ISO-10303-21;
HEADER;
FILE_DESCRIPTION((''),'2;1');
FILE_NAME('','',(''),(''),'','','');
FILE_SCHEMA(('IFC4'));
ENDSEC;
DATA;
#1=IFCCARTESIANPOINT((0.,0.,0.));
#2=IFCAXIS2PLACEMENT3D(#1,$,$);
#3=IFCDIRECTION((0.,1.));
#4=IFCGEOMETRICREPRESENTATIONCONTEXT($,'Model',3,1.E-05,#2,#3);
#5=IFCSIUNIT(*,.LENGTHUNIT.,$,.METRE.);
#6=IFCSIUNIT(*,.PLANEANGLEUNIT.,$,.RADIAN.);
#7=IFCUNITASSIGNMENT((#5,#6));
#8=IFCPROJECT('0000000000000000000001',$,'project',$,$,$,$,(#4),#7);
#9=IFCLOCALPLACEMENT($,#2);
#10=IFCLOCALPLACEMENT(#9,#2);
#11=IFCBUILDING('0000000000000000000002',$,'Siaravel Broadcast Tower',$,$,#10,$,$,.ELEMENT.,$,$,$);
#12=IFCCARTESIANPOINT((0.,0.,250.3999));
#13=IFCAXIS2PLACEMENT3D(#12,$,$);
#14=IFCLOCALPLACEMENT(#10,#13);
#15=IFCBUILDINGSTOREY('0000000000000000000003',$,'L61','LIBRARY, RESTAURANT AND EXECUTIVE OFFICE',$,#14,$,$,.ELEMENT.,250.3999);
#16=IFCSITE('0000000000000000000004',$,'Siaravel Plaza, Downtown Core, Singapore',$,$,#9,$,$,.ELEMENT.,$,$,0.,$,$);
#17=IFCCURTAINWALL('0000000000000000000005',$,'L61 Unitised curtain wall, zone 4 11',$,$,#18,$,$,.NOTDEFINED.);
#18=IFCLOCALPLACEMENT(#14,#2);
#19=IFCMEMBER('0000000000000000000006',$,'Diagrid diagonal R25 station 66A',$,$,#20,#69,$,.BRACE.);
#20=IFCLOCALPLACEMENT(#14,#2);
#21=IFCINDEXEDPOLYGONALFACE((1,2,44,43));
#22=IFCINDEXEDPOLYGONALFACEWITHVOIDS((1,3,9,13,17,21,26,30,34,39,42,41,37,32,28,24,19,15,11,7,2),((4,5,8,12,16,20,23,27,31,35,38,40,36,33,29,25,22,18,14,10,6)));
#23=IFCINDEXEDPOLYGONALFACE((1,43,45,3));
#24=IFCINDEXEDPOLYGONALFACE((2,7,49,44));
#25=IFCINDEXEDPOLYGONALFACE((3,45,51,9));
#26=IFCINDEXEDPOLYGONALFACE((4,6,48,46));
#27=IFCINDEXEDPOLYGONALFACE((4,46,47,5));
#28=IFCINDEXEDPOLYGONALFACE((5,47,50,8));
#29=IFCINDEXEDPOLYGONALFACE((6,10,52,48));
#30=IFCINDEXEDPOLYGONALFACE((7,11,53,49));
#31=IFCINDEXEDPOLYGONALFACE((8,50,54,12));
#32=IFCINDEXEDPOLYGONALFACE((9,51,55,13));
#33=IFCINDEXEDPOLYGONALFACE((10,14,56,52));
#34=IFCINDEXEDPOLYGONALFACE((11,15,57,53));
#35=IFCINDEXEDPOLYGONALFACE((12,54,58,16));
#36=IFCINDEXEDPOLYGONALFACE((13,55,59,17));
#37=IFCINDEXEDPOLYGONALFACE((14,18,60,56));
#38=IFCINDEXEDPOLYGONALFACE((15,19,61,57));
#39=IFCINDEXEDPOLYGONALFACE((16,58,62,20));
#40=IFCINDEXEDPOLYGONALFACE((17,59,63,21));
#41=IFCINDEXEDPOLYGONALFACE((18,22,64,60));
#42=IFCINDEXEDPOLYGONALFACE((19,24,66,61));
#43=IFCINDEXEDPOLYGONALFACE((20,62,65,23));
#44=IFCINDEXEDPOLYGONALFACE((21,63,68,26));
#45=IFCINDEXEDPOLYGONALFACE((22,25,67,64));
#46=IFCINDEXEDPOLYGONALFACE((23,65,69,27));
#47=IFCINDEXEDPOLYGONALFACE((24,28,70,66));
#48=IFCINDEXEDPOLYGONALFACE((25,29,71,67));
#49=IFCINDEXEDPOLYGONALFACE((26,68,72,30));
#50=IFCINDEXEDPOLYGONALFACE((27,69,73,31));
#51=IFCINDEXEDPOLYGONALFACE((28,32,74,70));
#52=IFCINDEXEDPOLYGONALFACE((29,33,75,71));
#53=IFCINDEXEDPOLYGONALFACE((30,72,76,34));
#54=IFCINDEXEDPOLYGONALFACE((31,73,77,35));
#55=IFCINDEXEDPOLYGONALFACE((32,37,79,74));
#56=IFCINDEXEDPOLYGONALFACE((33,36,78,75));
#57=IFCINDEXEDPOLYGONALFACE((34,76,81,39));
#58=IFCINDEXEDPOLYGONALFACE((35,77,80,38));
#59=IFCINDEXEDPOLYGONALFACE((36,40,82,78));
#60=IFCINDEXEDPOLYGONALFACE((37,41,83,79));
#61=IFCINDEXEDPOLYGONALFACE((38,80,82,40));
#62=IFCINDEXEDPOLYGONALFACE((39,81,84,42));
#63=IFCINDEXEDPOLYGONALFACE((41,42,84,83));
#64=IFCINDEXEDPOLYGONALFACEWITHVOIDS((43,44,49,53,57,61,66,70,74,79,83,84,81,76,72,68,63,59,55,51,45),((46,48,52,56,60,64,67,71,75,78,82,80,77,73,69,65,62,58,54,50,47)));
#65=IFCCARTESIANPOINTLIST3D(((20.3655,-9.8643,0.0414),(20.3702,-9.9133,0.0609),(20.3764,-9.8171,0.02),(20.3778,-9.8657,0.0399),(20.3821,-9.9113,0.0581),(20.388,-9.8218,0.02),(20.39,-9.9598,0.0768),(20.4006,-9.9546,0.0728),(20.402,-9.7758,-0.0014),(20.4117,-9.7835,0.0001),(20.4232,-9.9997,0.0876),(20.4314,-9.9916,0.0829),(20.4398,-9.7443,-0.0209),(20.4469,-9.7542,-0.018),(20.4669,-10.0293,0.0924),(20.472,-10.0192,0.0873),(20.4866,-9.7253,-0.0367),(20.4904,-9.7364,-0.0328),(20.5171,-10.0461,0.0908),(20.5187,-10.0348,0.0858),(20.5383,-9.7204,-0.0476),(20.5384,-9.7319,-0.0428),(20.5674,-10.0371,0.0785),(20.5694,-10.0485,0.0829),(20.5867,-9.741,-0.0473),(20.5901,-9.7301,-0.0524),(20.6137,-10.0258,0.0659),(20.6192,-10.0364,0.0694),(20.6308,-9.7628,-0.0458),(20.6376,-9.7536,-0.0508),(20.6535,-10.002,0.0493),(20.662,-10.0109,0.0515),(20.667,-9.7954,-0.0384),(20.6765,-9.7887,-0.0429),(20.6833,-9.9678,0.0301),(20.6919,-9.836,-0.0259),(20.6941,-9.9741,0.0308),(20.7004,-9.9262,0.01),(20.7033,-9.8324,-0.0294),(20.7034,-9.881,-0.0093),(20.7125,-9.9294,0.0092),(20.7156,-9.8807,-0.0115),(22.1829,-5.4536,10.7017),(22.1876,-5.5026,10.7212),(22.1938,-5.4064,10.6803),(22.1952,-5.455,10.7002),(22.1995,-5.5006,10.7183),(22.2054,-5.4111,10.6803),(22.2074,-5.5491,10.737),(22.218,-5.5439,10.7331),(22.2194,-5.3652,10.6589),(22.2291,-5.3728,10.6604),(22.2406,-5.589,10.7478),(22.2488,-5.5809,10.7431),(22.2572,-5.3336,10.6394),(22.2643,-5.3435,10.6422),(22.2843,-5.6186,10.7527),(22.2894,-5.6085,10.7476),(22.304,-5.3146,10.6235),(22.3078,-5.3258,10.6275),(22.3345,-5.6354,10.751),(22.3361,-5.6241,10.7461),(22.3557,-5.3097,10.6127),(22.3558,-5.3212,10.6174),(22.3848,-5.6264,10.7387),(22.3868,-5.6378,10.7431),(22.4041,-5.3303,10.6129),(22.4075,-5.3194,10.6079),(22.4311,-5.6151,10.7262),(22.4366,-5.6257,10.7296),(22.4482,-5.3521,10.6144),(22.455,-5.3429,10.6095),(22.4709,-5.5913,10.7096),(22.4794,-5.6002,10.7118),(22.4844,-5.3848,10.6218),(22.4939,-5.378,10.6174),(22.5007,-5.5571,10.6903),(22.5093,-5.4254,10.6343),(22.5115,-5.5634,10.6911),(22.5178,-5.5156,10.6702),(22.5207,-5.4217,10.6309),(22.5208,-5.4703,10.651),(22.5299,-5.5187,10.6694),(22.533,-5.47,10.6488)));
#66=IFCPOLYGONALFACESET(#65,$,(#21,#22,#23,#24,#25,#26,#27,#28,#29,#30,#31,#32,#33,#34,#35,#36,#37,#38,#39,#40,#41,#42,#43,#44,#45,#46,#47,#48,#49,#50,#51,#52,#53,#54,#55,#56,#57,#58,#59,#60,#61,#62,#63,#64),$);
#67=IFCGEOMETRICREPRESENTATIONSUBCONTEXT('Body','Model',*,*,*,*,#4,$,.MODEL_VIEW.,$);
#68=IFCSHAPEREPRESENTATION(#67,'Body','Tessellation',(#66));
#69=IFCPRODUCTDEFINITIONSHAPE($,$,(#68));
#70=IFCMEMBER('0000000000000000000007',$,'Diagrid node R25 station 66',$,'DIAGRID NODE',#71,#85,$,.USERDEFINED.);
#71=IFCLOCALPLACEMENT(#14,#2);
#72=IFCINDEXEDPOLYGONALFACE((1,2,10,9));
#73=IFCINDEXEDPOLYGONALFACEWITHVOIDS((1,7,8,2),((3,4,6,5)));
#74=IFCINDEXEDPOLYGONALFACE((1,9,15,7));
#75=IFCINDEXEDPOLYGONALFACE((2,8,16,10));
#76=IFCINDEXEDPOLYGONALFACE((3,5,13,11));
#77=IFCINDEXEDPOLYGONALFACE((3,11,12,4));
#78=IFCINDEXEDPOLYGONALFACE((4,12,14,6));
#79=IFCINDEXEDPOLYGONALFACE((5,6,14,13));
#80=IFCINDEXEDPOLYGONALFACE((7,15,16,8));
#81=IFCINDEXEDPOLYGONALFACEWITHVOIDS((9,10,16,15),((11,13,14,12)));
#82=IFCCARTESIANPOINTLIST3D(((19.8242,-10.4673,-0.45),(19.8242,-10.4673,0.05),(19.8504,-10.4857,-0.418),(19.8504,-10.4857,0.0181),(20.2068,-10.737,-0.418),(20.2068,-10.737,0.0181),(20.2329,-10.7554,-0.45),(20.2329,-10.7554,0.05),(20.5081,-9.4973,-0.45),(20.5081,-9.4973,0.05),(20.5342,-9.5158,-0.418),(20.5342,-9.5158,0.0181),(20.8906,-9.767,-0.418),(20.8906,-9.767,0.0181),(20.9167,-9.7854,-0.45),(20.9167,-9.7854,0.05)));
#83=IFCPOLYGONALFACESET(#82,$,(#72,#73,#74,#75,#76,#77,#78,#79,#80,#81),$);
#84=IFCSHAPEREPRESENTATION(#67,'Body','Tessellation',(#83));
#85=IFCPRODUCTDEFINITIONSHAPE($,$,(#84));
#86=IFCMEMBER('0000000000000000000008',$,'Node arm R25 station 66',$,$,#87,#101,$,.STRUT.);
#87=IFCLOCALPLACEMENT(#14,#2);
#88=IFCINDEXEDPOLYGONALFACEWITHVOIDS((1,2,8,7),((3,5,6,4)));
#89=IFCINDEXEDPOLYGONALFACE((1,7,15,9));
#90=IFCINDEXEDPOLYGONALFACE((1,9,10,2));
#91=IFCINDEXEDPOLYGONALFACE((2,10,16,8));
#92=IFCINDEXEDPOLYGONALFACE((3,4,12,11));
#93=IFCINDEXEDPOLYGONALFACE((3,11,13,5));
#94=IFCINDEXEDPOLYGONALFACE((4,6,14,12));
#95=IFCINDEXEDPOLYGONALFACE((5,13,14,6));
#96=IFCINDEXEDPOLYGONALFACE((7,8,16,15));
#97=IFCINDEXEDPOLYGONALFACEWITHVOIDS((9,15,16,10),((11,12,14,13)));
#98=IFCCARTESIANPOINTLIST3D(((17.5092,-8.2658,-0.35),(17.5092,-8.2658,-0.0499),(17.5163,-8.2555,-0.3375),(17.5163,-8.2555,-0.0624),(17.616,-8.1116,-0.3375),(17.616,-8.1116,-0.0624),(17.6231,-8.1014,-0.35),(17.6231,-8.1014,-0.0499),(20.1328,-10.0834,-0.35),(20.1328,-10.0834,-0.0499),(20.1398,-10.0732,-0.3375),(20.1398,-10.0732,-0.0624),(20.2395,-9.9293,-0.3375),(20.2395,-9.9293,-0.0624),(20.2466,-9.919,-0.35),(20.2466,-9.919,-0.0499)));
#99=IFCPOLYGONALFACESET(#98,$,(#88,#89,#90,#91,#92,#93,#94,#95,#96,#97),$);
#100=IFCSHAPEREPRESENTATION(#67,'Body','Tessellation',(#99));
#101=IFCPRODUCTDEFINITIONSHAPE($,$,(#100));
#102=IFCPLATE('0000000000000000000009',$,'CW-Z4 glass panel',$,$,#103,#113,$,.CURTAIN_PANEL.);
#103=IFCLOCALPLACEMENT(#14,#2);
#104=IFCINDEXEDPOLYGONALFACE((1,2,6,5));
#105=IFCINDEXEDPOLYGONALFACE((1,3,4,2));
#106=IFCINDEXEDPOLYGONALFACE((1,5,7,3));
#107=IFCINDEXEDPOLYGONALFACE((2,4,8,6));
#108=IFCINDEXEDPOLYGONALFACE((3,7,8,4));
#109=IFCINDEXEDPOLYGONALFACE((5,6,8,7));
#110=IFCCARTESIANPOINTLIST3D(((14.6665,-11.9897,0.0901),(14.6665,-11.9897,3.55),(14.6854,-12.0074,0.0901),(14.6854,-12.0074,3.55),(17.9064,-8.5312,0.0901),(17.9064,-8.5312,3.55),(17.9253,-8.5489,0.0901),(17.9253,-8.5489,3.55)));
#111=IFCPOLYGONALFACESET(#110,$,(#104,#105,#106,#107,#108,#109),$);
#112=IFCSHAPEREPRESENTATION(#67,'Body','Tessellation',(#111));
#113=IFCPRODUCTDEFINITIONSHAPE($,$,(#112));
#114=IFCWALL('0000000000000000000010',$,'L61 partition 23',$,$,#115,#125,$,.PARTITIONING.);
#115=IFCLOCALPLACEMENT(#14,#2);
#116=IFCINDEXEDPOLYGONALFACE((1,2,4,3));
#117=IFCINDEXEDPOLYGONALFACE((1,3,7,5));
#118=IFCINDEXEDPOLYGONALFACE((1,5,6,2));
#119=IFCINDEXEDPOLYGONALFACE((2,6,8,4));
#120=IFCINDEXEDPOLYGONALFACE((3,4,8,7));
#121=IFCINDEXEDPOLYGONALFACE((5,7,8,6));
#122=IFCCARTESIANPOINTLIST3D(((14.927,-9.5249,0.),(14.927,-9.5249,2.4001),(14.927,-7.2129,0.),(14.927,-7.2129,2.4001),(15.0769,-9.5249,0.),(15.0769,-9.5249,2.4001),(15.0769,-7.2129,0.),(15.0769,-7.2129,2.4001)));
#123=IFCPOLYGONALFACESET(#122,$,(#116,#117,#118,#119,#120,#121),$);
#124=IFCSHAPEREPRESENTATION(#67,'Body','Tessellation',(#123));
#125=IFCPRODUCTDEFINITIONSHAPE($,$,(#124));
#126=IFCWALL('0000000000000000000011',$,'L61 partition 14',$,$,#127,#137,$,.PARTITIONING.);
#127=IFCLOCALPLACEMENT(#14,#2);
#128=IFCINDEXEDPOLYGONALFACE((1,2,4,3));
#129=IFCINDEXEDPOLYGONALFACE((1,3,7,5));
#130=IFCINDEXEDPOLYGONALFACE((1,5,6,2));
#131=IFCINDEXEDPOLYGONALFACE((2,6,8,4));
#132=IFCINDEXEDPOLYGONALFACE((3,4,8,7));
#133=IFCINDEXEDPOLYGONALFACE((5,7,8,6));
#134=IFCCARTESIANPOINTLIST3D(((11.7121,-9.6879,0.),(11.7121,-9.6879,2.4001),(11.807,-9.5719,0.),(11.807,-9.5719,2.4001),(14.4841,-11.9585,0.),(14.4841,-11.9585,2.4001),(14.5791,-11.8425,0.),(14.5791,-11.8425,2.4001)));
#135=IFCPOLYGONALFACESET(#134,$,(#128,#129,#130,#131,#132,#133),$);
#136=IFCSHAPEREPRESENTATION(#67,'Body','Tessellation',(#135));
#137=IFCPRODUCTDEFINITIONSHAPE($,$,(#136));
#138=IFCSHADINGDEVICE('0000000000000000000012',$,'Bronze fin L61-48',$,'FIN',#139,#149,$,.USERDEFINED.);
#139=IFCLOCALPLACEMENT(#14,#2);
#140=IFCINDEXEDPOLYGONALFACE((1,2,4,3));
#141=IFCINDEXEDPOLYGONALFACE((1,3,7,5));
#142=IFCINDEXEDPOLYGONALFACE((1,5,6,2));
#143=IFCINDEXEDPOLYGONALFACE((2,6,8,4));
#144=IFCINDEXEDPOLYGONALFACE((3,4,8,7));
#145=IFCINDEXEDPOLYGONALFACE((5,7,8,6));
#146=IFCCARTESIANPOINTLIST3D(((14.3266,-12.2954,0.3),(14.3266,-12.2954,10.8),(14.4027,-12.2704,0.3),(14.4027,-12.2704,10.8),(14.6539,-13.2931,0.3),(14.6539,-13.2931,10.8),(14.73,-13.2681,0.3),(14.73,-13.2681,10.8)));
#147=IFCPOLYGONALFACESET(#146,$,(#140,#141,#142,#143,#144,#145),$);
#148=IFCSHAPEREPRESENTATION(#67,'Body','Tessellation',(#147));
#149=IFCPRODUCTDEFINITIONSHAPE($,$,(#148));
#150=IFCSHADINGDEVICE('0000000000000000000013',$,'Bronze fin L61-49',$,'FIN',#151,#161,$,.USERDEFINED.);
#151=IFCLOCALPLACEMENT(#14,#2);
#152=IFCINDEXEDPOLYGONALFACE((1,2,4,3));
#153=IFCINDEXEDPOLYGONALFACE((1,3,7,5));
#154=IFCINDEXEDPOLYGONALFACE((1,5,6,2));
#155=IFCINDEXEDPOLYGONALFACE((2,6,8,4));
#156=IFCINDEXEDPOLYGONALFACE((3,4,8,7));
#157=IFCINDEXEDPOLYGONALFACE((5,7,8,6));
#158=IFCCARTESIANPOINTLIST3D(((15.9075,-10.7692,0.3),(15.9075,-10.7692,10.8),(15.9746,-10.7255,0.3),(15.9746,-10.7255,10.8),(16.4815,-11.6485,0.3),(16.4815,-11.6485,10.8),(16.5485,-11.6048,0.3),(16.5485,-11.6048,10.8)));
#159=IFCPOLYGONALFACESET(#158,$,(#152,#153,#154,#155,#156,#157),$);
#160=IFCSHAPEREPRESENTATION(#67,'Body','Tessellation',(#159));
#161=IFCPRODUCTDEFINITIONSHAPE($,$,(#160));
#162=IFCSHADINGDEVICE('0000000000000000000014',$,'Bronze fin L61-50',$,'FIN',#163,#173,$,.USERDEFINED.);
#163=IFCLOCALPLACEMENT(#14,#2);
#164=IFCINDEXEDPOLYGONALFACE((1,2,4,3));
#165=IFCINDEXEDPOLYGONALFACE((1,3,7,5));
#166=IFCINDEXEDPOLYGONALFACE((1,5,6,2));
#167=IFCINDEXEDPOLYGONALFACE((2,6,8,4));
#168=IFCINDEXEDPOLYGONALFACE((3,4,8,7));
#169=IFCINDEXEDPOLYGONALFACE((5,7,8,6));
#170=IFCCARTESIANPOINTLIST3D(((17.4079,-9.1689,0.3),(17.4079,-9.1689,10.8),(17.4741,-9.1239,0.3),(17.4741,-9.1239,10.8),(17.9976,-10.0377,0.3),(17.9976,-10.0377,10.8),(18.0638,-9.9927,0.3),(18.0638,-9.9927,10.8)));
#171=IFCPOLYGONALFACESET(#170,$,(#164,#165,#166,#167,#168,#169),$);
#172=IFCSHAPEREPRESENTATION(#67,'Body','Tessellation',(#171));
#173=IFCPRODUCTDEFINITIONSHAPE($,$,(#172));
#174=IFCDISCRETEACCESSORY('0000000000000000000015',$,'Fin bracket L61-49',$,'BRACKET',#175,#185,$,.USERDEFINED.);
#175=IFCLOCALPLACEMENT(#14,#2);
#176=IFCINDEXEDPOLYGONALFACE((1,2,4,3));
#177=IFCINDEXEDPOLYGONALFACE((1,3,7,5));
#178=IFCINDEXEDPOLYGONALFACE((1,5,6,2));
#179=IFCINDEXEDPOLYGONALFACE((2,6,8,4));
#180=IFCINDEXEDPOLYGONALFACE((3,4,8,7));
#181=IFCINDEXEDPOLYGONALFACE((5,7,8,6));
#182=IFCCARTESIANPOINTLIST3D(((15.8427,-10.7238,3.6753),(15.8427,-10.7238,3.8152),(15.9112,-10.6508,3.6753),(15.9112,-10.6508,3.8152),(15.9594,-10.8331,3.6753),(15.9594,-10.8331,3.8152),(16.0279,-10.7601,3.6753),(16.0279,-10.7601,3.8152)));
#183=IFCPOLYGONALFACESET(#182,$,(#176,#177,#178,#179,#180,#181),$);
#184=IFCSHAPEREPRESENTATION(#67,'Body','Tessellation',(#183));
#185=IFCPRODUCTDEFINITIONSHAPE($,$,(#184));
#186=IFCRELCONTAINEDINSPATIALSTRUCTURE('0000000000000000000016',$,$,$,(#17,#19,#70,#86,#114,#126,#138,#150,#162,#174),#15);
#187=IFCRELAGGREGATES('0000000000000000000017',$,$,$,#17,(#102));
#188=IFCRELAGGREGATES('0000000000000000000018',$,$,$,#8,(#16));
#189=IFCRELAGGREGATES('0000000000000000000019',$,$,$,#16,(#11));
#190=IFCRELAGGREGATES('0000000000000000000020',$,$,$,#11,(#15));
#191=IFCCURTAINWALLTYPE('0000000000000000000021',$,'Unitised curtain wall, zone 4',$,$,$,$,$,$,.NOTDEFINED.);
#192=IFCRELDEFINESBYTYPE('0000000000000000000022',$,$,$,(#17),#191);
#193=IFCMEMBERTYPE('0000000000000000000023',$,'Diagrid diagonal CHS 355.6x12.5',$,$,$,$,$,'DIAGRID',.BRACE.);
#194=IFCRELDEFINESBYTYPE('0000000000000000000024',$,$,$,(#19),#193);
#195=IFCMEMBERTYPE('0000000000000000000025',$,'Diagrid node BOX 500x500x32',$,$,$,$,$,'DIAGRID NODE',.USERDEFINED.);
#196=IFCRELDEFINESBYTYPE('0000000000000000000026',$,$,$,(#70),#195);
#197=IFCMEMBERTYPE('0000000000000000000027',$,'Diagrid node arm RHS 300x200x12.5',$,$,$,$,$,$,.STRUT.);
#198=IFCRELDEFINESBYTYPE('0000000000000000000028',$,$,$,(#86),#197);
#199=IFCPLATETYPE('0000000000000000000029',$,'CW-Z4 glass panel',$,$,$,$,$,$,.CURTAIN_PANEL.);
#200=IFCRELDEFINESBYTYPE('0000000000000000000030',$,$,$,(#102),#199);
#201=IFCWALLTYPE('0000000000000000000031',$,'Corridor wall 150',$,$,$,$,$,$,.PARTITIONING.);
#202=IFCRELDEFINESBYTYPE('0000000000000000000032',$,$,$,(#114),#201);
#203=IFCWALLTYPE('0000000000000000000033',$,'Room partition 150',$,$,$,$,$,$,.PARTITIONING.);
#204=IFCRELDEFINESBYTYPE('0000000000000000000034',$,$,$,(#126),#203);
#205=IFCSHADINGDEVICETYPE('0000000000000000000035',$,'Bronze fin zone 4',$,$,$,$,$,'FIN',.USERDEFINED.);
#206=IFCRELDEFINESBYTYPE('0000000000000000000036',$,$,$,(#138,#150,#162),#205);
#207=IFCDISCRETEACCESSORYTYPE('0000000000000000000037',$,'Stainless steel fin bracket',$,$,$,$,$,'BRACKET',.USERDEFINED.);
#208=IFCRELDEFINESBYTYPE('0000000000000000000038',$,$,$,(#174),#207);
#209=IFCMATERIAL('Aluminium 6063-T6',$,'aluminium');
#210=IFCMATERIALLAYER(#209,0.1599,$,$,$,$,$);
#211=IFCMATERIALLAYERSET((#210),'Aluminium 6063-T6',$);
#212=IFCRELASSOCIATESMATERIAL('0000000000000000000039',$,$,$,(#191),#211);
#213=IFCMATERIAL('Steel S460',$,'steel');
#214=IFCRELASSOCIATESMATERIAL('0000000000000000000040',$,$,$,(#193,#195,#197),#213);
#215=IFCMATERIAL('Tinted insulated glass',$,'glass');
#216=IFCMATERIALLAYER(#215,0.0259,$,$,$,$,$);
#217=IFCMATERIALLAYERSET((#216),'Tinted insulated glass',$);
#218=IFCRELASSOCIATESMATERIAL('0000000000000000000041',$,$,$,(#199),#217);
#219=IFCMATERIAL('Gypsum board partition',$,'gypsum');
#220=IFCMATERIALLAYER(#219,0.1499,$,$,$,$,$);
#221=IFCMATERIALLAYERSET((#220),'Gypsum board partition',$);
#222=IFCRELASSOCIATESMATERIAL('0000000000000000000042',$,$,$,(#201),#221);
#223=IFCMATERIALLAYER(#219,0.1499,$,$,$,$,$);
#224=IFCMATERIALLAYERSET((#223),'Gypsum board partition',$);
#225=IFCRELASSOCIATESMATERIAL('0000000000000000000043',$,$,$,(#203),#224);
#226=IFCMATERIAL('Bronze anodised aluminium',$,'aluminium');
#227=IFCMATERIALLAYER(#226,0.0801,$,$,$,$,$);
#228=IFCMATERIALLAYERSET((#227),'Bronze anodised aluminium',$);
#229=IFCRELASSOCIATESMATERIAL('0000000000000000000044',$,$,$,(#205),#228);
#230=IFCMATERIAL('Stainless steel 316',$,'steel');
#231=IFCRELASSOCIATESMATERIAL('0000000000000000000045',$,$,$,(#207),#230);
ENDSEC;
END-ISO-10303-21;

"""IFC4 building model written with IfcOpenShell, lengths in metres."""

from ifc_helpers import new_model, si_unit, direction, frame, frame_2d, origin, origin_2d, place, context, subcontext, project, spatial, rectangle, hollow_rectangle, hollow_circle, extrude, material, layer, layer_set, material_profile, profile_set, type_object, element, aggregate, save


model = new_model("IFC4")

# Units and contexts
model_context = context("Model", 3, precision=1e-05, world=origin(), true_north=direction((0.0, 1.0)))
body_context = subcontext(model_context, "Body", "Model", "MODEL_VIEW")
ifc_project = project(units=[si_unit("LENGTHUNIT", "METRE"), si_unit("PLANEANGLEUNIT", "RADIAN")], contexts=[model_context])

# Site, building, storey
site_placement = place(None, origin())
site = spatial("IfcSite", under=ifc_project, at=site_placement, Name="Siaravel Plaza, Downtown Core, Singapore", CompositionType="ELEMENT", RefElevation=0.0)
building_placement = place(site_placement, origin())
building = spatial("IfcBuilding", under=site, at=building_placement, Name="Siaravel Broadcast Tower", CompositionType="ELEMENT")
storey_placement = place(building_placement, frame((0.0, 0.0, 250.3999)))
storey = spatial("IfcBuildingStorey", under=building, at=storey_placement, Name="L61", Description="LIBRARY, RESTAURANT AND EXECUTIVE OFFICE", CompositionType="ELEMENT", Elevation=250.3999)

# Curtain wall
ifc_material_1 = material(Name="Aluminium 6063-T6", Category="aluminium")
ifc_layer_1 = layer(ifc_material_1, 0.1599)
ifc_layer_set_1 = layer_set([ifc_layer_1], Name="Aluminium 6063-T6")
curtain_wall_type = type_object("IfcCurtainWallType", Name="Unitised curtain wall, zone 4", PredefinedType="NOTDEFINED", material=ifc_layer_set_1)
curtain_wall_1_placement = place(storey_placement, origin())
curtain_wall_1 = element("IfcCurtainWall", 1, at=curtain_wall_1_placement, inside=storey, type_object=curtain_wall_type, Name="L61 Unitised curtain wall, zone 4 11", PredefinedType="NOTDEFINED")

# Members
ifc_material_2 = material(Name="Steel S460", Category="steel")
ifc_material_profile_1 = material_profile(ifc_material_2, hollow_circle(Radius=0.1777, WallThickness=0.0125, at=origin_2d()))
ifc_profile_set_1 = profile_set([ifc_material_profile_1], Name="Steel S460")
member_type_1 = type_object("IfcMemberType", Name="Diagrid diagonal CHS 355.6x12.5", ElementType="DIAGRID", PredefinedType="BRACE", material=ifc_profile_set_1)
member_1_placement = place(storey_placement, frame((20.5408, -9.8848, 0.02), z_axis=(0.155613, 0.377661, 0.912774), x_axis=(-0.924587, 0.380971, 0.0)))
element("IfcMember", 2, at=member_1_placement, inside=storey, type_object=member_type_1, Name="Diagrid diagonal R25 station 66A", PredefinedType="BRACE", context=body_context, shape_type="SweptSolid", body=[
    extrude(hollow_circle(Radius=0.1777, WallThickness=0.0125, at=origin_2d()), origin(), (0.0, 0.0, 1.0), 11.679),
])
ifc_material_profile_2 = material_profile(ifc_material_2, hollow_rectangle(XDim=0.5, YDim=0.5, WallThickness=0.032, at=origin_2d()))
ifc_profile_set_2 = profile_set([ifc_material_profile_2], Name="Steel S460")
member_type_2 = type_object("IfcMemberType", Name="Diagrid node BOX 500x500x32", ElementType="DIAGRID NODE", PredefinedType="USERDEFINED", material=ifc_profile_set_2)
member_2_placement = place(storey_placement, frame((20.0286, -10.6113, -0.2), z_axis=(0.576207, 0.817304, 0.0), x_axis=(-0.817304, 0.576207, 0.0)))
element("IfcMember", 3, at=member_2_placement, inside=storey, type_object=member_type_2, Name="Diagrid node R25 station 66", ObjectType="DIAGRID NODE", PredefinedType="USERDEFINED", context=body_context, shape_type="SweptSolid", body=[
    extrude(hollow_rectangle(XDim=0.5, YDim=0.5, WallThickness=0.032, at=origin_2d()), origin(), (0.0, 0.0, 1.0), 1.1868),
])
ifc_material_profile_3 = material_profile(ifc_material_2, hollow_rectangle(XDim=0.2, YDim=0.3, WallThickness=0.0125, at=origin_2d()))
ifc_profile_set_3 = profile_set([ifc_material_profile_3], Name="Steel S460")
member_type_3 = type_object("IfcMemberType", Name="Diagrid node arm RHS 300x200x12.5", PredefinedType="STRUT", material=ifc_profile_set_3)
member_3_placement = place(storey_placement, frame((17.5662, -8.1836, -0.2), z_axis=(0.821997, -0.569492, 0.0), x_axis=(0.569492, 0.821997, 0.0)))
element("IfcMember", 4, at=member_3_placement, inside=storey, type_object=member_type_3, Name="Node arm R25 station 66", PredefinedType="STRUT", context=body_context, shape_type="SweptSolid", body=[
    extrude(hollow_rectangle(XDim=0.2, YDim=0.3, WallThickness=0.0125, at=origin_2d()), origin(), (0.0, 0.0, 1.0), 3.1917),
])

# Plate
ifc_material_3 = material(Name="Tinted insulated glass", Category="glass")
ifc_layer_2 = layer(ifc_material_3, 0.0259)
ifc_layer_set_2 = layer_set([ifc_layer_2], Name="Tinted insulated glass")
plate_type = type_object("IfcPlateType", Name="CW-Z4 glass panel", PredefinedType="CURTAIN_PANEL", material=ifc_layer_set_2)
plate_placement = place(storey_placement, frame((16.2959, -10.2693, 0.0901), z_axis=(0.0, 0.0, 1.0), x_axis=(0.683654, 0.729807, 0.0)))
plate = element("IfcPlate", 5, at=plate_placement, type_object=plate_type, Name="CW-Z4 glass panel", PredefinedType="CURTAIN_PANEL", context=body_context, shape_type="SweptSolid", body=[
    extrude(rectangle(XDim=4.739, YDim=0.0259, at=origin_2d()), origin(), (0.0, 0.0, 1.0), 3.46),
])
aggregate(curtain_wall_1, [plate])

# Walls
ifc_material_4 = material(Name="Gypsum board partition", Category="gypsum")
ifc_layer_3 = layer(ifc_material_4, 0.1499)
ifc_layer_set_3 = layer_set([ifc_layer_3], Name="Gypsum board partition")
wall_type_1 = type_object("IfcWallType", Name="Corridor wall 150", PredefinedType="PARTITIONING", material=ifc_layer_set_3)
wall_1_placement = place(storey_placement, frame((15.002, -9.5249, 0.0), z_axis=(0.0, 0.0, 1.0), x_axis=(0.0, 1.0, 0.0)))
element("IfcWall", 6, at=wall_1_placement, inside=storey, type_object=wall_type_1, Name="L61 partition 23", PredefinedType="PARTITIONING", context=body_context, shape_type="SweptSolid", body=[
    extrude(rectangle(XDim=2.312, YDim=0.1499, at=frame_2d((1.156, 0.0))), origin(), (0.0, 0.0, 1.0), 2.4001),
])
ifc_layer_4 = layer(ifc_material_4, 0.1499)
ifc_layer_set_4 = layer_set([ifc_layer_4], Name="Gypsum board partition")
wall_type_2 = type_object("IfcWallType", Name="Room partition 150", PredefinedType="PARTITIONING", material=ifc_layer_set_4)
wall_2_placement = place(storey_placement, frame((14.5315, -11.9004, 0.0), z_axis=(0.0, 0.0, 1.0), x_axis=(-0.773611, 0.633661, 0.0)))
element("IfcWall", 7, at=wall_2_placement, inside=storey, type_object=wall_type_2, Name="L61 partition 14", PredefinedType="PARTITIONING", context=body_context, shape_type="SweptSolid", body=[
    extrude(rectangle(XDim=3.5833, YDim=0.1499, at=frame_2d((1.7915, 0.0))), origin(), (0.0, 0.0, 1.0), 2.4001),
])

# Shading devices
ifc_material_5 = material(Name="Bronze anodised aluminium", Category="aluminium")
ifc_layer_5 = layer(ifc_material_5, 0.0801)
ifc_layer_set_5 = layer_set([ifc_layer_5], Name="Bronze anodised aluminium")
shading_device_type = type_object("IfcShadingDeviceType", Name="Bronze fin zone 4", ElementType="FIN", PredefinedType="USERDEFINED", material=ifc_layer_set_5)
for number, where, z_axis, x_axis, name in (
    (8, (14.5283, -12.7817, 0.3), (0.0, 0.0, 1.0), (0.311713, -0.950176, 0.0), "Bronze fin L61-48"),
    (9, (16.228, -11.187, 0.3), (0.0, 0.0, 1.0), (0.546609, -0.837388, 0.0), "Bronze fin L61-49"),
    (10, (17.7358, -9.5808, 0.3), (0.0, 0.0, 1.0), (0.561614, -0.827399, 0.0), "Bronze fin L61-50"),
):
    element("IfcShadingDevice", number, at=place(storey_placement, frame(where, z_axis=z_axis, x_axis=x_axis)), inside=storey, type_object=shading_device_type, Name=name, ObjectType="FIN", PredefinedType="USERDEFINED", context=body_context, shape_type="SweptSolid", body=[
        extrude(rectangle(XDim=1.05, YDim=0.0801, at=origin_2d()), origin(), (0.0, 0.0, 1.0), 10.5),
    ])

# Discrete accessory
ifc_material_6 = material(Name="Stainless steel 316", Category="steel")
discrete_accessory_type_1 = type_object("IfcDiscreteAccessoryType", Name="Stainless steel fin bracket", ElementType="BRACKET", PredefinedType="USERDEFINED", material=ifc_material_6)
discrete_accessory_placement = place(storey_placement, frame((15.9353, -10.7419, 3.6753), z_axis=(0.0, 0.0, 1.0), x_axis=(0.729807, -0.683653, 0.0)))
element("IfcDiscreteAccessory", 11, at=discrete_accessory_placement, inside=storey, type_object=discrete_accessory_type_1, Name="Fin bracket L61-49", ObjectType="BRACKET", PredefinedType="USERDEFINED", context=body_context, shape_type="SweptSolid", body=[
    extrude(rectangle(XDim=0.1599, YDim=0.1001, at=origin_2d()), origin(), (0.0, 0.0, 1.0), 0.1399),
])

save(model, "model.ifc")
